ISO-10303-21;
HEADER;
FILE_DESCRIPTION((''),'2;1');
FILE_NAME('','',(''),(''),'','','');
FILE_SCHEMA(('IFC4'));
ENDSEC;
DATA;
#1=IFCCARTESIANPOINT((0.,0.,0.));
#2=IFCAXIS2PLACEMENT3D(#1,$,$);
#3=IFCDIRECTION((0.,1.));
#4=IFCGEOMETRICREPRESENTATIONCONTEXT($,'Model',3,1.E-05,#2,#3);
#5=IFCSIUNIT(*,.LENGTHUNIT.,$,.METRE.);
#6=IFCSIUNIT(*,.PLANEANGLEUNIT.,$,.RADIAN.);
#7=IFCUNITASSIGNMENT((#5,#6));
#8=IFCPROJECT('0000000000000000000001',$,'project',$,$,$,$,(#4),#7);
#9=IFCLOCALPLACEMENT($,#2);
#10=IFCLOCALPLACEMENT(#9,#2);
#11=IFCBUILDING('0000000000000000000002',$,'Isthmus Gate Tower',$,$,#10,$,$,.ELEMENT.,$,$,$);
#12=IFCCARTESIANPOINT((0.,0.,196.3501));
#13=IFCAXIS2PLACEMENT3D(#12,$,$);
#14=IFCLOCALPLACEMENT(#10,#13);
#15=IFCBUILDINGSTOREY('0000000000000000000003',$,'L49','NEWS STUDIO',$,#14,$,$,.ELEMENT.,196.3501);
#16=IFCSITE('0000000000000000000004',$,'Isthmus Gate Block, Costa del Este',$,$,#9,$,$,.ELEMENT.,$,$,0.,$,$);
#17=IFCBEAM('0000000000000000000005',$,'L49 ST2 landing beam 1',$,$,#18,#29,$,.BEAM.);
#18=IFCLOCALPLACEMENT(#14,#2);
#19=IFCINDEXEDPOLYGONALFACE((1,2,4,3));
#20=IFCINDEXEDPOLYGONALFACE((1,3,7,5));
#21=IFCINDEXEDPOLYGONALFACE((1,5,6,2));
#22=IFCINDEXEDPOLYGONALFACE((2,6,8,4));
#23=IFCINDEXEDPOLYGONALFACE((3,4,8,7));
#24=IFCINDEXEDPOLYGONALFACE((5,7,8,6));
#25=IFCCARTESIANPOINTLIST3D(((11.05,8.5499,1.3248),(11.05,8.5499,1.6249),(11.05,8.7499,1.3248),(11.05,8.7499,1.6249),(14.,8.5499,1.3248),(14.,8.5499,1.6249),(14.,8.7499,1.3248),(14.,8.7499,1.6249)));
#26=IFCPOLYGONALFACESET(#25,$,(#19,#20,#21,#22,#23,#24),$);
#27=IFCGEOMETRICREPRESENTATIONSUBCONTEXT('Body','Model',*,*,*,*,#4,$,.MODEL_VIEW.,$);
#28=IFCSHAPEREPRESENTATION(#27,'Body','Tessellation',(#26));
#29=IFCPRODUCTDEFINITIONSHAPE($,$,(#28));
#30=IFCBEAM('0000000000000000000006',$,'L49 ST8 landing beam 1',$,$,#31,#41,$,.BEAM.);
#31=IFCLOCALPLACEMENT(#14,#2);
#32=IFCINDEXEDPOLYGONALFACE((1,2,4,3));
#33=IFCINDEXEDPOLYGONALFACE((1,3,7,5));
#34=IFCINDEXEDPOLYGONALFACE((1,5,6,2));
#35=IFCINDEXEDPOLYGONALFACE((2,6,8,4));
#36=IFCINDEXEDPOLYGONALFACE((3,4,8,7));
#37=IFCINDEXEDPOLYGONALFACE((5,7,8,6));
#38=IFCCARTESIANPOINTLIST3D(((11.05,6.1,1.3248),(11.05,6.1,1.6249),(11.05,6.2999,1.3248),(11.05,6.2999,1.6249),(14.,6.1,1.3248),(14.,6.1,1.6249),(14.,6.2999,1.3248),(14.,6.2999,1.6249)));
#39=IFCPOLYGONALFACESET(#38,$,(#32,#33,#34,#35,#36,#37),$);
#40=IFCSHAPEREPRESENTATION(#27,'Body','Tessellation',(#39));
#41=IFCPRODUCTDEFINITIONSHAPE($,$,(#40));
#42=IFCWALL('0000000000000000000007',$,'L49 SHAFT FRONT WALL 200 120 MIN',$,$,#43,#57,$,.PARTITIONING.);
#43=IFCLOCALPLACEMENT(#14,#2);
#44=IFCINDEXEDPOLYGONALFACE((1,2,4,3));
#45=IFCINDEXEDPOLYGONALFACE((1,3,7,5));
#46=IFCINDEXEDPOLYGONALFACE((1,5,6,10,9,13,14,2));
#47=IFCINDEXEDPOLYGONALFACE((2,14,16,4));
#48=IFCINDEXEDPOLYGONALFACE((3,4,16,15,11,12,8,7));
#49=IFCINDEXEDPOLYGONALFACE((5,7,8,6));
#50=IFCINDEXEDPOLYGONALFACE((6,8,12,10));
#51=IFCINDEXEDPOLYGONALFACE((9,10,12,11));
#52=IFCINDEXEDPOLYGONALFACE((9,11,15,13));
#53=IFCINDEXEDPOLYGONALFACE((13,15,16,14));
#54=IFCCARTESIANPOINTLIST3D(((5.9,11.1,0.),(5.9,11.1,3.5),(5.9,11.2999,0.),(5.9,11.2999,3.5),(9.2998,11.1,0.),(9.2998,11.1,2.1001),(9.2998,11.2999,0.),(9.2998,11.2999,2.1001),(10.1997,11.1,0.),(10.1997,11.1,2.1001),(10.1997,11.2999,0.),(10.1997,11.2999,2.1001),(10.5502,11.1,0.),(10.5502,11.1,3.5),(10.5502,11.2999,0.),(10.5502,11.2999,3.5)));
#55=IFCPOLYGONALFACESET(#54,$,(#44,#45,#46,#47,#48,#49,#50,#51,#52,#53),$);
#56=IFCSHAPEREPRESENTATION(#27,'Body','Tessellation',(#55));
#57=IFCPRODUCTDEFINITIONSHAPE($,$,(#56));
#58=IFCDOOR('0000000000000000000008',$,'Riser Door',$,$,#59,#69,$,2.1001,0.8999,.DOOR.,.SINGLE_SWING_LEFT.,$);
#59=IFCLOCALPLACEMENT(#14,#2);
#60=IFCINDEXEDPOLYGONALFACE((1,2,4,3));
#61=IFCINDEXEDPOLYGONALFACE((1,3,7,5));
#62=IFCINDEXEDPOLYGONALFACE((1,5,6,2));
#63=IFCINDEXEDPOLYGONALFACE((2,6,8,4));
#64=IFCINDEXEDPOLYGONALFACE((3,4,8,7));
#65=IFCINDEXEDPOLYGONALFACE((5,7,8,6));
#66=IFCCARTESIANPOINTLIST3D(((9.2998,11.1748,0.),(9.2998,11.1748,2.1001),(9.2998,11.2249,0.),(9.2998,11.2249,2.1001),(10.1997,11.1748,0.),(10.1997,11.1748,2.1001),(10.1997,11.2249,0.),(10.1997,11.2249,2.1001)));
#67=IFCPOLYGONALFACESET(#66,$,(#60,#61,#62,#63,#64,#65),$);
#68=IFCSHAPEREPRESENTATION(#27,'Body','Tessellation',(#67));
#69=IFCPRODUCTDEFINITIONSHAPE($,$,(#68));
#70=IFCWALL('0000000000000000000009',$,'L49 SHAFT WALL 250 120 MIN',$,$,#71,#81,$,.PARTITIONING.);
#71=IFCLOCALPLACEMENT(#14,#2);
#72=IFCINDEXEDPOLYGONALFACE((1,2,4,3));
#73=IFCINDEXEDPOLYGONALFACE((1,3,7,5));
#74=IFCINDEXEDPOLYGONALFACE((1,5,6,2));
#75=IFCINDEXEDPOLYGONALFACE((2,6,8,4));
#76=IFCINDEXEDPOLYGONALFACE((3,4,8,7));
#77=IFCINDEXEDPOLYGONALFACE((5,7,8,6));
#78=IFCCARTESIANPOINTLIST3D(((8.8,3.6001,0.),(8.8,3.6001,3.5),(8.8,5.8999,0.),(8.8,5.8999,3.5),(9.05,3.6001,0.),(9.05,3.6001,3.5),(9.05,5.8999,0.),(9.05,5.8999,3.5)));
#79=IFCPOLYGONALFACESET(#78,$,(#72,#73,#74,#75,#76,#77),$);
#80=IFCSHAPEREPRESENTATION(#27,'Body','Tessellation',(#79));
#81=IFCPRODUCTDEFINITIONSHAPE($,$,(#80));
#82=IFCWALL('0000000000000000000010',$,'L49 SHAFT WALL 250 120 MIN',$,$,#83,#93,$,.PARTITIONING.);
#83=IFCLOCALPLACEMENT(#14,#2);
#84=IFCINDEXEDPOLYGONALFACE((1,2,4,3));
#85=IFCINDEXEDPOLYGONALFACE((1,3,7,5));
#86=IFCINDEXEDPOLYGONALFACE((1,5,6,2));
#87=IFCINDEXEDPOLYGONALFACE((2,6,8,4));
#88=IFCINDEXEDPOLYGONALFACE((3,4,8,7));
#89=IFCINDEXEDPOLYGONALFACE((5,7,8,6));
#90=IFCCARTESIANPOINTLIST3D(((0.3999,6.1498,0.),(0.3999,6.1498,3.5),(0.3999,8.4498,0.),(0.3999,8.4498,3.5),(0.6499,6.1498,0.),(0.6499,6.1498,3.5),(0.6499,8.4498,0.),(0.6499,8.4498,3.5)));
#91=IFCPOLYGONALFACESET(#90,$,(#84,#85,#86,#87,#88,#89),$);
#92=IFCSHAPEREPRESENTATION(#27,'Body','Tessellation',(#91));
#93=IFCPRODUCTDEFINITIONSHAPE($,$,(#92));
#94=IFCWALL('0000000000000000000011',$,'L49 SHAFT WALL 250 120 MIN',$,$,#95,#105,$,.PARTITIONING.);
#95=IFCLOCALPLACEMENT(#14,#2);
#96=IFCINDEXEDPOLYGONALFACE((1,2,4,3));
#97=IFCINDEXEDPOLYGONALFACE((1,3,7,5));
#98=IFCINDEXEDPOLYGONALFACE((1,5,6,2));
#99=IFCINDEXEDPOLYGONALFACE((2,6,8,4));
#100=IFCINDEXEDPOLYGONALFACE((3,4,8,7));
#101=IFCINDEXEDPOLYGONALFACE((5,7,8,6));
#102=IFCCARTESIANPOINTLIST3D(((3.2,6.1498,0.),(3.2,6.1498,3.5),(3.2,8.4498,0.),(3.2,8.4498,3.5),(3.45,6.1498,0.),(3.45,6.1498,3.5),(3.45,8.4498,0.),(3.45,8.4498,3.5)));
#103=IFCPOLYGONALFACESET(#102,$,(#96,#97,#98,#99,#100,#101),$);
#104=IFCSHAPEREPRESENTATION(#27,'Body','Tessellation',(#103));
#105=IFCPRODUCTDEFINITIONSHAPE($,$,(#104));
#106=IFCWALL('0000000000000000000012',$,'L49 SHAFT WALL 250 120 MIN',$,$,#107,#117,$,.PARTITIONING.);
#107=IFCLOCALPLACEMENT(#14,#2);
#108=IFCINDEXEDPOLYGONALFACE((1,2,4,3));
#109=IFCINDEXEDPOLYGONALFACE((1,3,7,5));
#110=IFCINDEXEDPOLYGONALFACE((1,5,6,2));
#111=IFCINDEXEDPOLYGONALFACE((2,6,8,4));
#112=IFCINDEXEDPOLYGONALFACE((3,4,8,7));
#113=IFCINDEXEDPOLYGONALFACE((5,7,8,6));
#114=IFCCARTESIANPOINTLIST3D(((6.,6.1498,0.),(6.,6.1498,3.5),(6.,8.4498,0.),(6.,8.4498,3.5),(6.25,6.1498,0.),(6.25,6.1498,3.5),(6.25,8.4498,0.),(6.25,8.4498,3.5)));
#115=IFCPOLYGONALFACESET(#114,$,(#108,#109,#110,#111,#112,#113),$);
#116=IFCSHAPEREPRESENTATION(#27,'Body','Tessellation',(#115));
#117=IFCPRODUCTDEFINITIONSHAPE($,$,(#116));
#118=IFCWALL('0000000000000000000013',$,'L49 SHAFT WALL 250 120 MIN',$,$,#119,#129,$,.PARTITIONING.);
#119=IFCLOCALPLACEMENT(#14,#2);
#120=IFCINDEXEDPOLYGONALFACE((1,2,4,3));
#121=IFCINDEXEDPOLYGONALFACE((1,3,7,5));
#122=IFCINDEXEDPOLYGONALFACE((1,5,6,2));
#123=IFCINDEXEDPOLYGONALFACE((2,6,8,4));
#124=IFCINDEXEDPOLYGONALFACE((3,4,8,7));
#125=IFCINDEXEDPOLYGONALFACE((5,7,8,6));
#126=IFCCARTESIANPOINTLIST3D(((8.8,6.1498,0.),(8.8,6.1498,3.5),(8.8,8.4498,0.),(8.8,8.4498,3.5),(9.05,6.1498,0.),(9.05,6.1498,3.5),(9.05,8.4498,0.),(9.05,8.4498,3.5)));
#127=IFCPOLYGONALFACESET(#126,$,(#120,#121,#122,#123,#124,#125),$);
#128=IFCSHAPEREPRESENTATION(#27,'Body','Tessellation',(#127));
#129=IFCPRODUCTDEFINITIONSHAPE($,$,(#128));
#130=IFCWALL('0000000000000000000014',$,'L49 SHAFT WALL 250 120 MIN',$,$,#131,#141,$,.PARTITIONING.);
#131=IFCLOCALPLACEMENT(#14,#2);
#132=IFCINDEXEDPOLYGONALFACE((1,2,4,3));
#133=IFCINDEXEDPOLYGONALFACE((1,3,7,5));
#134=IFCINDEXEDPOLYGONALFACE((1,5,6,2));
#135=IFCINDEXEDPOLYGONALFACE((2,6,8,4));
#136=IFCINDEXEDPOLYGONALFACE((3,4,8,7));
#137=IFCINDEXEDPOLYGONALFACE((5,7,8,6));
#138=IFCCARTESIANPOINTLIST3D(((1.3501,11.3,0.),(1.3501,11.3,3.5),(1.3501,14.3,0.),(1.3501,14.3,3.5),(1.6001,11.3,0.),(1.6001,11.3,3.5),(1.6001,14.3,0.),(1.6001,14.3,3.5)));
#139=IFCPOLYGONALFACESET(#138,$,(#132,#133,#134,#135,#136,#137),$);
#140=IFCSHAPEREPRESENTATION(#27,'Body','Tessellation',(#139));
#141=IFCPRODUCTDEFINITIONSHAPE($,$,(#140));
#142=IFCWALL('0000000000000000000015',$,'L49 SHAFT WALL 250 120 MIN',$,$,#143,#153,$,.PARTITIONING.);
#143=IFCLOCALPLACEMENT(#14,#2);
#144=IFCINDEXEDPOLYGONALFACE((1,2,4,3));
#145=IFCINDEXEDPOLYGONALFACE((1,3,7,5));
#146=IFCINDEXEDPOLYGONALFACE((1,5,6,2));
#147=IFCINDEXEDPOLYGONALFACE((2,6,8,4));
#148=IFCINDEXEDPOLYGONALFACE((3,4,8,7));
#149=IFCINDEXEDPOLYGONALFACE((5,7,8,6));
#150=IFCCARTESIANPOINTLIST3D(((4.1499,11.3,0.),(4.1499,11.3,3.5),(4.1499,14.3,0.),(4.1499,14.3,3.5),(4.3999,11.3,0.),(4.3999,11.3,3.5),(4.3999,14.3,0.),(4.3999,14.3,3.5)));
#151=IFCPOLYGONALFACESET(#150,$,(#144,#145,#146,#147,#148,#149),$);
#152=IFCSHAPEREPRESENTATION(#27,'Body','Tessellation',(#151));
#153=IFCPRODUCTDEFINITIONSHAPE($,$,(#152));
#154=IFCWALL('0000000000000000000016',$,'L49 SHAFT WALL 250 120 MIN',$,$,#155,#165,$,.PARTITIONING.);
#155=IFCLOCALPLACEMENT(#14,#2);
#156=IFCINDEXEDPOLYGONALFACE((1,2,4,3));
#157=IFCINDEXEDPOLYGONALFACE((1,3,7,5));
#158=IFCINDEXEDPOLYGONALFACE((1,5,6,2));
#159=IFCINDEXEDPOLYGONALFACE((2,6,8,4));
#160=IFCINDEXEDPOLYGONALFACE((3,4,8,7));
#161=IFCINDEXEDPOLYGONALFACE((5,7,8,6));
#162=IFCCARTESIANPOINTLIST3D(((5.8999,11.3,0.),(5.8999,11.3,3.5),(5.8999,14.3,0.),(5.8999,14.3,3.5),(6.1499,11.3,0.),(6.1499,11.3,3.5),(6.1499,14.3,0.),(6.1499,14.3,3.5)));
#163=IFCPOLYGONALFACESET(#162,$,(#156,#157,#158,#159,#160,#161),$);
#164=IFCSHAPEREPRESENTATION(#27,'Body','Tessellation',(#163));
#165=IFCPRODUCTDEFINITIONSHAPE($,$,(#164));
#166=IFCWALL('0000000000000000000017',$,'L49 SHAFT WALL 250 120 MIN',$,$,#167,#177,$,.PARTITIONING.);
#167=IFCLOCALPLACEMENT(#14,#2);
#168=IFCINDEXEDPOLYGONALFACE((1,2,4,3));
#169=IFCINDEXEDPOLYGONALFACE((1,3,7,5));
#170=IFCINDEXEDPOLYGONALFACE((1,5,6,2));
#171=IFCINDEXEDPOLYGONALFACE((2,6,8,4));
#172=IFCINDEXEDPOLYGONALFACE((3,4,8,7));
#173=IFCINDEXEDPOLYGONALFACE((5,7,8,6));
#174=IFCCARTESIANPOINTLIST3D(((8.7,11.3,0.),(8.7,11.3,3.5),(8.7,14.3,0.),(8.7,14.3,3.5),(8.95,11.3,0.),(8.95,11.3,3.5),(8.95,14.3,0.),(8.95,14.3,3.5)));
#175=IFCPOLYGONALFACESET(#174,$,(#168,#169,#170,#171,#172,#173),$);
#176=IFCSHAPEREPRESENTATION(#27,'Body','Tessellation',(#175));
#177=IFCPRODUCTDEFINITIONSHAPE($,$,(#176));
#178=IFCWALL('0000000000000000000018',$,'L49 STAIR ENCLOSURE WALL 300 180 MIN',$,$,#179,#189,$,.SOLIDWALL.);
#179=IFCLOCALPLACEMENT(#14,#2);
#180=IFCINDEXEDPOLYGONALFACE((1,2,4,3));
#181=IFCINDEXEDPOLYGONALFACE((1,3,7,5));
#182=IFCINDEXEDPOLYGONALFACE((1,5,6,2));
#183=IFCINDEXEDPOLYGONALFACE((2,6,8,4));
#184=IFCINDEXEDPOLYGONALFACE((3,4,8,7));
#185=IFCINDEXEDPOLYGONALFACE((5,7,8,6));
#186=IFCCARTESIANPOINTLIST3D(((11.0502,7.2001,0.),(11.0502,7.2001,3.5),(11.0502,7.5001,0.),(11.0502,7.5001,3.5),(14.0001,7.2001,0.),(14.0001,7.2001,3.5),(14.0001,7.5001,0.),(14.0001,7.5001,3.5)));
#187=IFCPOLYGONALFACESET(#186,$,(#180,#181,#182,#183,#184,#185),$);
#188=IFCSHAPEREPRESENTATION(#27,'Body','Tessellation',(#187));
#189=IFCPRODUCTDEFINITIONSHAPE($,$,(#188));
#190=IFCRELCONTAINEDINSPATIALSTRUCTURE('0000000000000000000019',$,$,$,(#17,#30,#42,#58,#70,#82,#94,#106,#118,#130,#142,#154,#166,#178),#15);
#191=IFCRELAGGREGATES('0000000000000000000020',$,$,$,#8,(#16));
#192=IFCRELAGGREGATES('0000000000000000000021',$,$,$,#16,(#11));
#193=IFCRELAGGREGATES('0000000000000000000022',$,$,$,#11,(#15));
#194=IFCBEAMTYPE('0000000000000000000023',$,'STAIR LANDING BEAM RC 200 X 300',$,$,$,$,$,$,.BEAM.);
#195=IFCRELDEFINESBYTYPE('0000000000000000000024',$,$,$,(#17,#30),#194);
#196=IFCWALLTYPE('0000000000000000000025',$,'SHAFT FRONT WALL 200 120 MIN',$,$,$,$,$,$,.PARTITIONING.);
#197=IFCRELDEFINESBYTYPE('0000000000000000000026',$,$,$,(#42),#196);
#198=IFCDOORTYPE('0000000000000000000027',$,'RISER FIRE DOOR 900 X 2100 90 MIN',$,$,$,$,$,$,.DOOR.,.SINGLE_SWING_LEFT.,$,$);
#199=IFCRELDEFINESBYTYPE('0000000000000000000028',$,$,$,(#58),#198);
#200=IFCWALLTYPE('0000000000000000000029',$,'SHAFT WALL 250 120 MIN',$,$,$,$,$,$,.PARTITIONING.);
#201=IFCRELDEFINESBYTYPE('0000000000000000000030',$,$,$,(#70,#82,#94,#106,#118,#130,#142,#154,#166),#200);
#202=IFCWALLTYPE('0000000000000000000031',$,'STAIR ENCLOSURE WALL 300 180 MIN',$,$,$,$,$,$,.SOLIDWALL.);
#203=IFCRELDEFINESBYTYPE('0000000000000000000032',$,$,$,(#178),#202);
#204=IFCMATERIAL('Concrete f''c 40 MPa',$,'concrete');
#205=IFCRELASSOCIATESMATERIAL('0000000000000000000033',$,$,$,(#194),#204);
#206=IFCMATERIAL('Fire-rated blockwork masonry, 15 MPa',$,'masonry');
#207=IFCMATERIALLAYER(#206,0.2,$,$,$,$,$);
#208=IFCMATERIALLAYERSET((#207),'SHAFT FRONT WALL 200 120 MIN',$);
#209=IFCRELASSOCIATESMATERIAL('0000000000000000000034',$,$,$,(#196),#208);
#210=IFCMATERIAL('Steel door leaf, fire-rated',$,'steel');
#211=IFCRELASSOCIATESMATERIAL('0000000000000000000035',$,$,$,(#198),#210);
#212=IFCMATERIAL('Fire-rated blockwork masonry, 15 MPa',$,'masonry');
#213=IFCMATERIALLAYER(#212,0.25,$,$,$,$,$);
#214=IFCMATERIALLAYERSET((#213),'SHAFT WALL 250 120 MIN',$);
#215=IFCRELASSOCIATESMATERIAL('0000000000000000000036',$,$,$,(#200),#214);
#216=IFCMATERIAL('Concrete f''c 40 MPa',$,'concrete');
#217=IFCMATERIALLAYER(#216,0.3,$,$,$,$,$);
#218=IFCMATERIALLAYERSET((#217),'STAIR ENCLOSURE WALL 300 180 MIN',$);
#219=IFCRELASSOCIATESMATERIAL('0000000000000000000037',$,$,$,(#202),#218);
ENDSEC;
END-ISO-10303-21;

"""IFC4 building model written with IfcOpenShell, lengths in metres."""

from ifc_helpers import new_model, si_unit, direction, frame, frame_2d, origin, origin_2d, place, context, subcontext, project, spatial, rectangle, extrude, material, layer, layer_set, material_profile, profile_set, type_object, element, fill, save


model = new_model("IFC4")

# Units and contexts
model_context = context("Model", 3, precision=1e-05, world=origin(), true_north=direction((0.0, 1.0)))
body_context = subcontext(model_context, "Body", "Model", "MODEL_VIEW")
ifc_project = project(units=[si_unit("LENGTHUNIT", "METRE"), si_unit("PLANEANGLEUNIT", "RADIAN")], contexts=[model_context])

# Site, building, storey
site_placement = place(None, origin())
site = spatial("IfcSite", under=ifc_project, at=site_placement, Name="Isthmus Gate Block, Costa del Este", CompositionType="ELEMENT", RefElevation=0.0)
building_placement = place(site_placement, origin())
building = spatial("IfcBuilding", under=site, at=building_placement, Name="Isthmus Gate Tower", CompositionType="ELEMENT")
storey_placement = place(building_placement, frame((0.0, 0.0, 196.3501)))
storey = spatial("IfcBuildingStorey", under=building, at=storey_placement, Name="L49", Description="NEWS STUDIO", CompositionType="ELEMENT", Elevation=196.3501)

# Beams
ifc_material_1 = material(Name="Concrete f'c 40 MPa", Category="concrete")
ifc_material_profile = material_profile(ifc_material_1, rectangle(XDim=0.2, YDim=0.3, at=origin_2d()), Name="STAIR LANDING BEAM RC 200 X 300")
ifc_profile_set = profile_set([ifc_material_profile], Name="Concrete f'c 40 MPa")
beam_type = type_object("IfcBeamType", Name="STAIR LANDING BEAM RC 200 X 300", PredefinedType="BEAM", material=ifc_profile_set)
for number, where, z_axis, x_axis, name in (
    (1, (11.05, 8.6499, 1.4749), (1.0, 0.0, 0.0), (0.0, 1.0, 0.0), "L49 ST2 landing beam 1"),
    (2, (11.05, 6.2, 1.4749), (1.0, 0.0, 0.0), (0.0, 1.0, 0.0), "L49 ST8 landing beam 1"),
):
    element("IfcBeam", number, at=place(storey_placement, frame(where, z_axis=z_axis, x_axis=x_axis)), inside=storey, type_object=beam_type, Name=name, PredefinedType="BEAM", context=body_context, shape_type="SweptSolid", body=[
        extrude(rectangle(XDim=0.2, YDim=0.3, at=origin_2d()), origin(), (0.0, 0.0, 1.0), 2.95),
    ])

# Wall, opening, door
ifc_material_2 = material(Name="Fire-rated blockwork masonry, 15 MPa", Category="masonry")
ifc_layer_1 = layer(ifc_material_2, 0.2)
ifc_layer_set_1 = layer_set([ifc_layer_1], Name="SHAFT FRONT WALL 200 120 MIN")
wall_type_1 = type_object("IfcWallType", Name="SHAFT FRONT WALL 200 120 MIN", PredefinedType="PARTITIONING", material=ifc_layer_set_1)
wall_1_placement = place(storey_placement, frame((5.8999, 11.2, 0.0), z_axis=(0.0, 0.0, 1.0), x_axis=(1.0, 0.0, 0.0)))
wall_1 = element("IfcWall", 3, at=wall_1_placement, inside=storey, type_object=wall_type_1, Name="L49 SHAFT FRONT WALL 200 120 MIN", PredefinedType="PARTITIONING", context=body_context, shape_type="SweptSolid", body=[
    extrude(rectangle(XDim=4.6501, YDim=0.2, at=frame_2d((2.3252, 0.0))), origin(), (0.0, 0.0, 1.0), 3.5),
])
opening_placement = place(wall_1_placement, frame((3.3999, 0.0, 0.0)))
opening = element("IfcOpeningElement", 4, at=opening_placement, cuts=wall_1, PredefinedType="OPENING", context=body_context, shape_type="SweptSolid", body=[
    extrude(rectangle(XDim=0.8999, YDim=2.1001, at=frame_2d((0.45, 1.05))), frame((0.0, 0.1099, 0.0), z_axis=(0.0, -1.0, 0.0), x_axis=(1.0, 0.0, 0.0)), (0.0, 0.0, 1.0), 0.22),
])
ifc_material_3 = material(Name="Steel door leaf, fire-rated", Category="steel")
door_type = type_object("IfcDoorType", Name="RISER FIRE DOOR 900 X 2100 90 MIN", OperationType="SINGLE_SWING_LEFT", PredefinedType="DOOR", material=ifc_material_3)
door_placement = place(opening_placement, origin())
door = element("IfcDoor", 5, at=door_placement, inside=storey, type_object=door_type, Name="Riser Door", OperationType="SINGLE_SWING_LEFT", OverallHeight=2.1001, OverallWidth=0.8999, PredefinedType="DOOR", context=body_context, shape_type="SweptSolid", body=[
    extrude(rectangle(XDim=0.8999, YDim=2.1001, at=frame_2d((0.45, 1.05))), frame((0.0, 0.0249, 0.0), z_axis=(0.0, -1.0, 0.0), x_axis=(1.0, 0.0, 0.0)), (0.0, 0.0, 1.0), 0.05),
])
fill(opening, door)

# Walls
ifc_material_4 = material(Name="Fire-rated blockwork masonry, 15 MPa", Category="masonry")
ifc_layer_2 = layer(ifc_material_4, 0.25)
ifc_layer_set_2 = layer_set([ifc_layer_2], Name="SHAFT WALL 250 120 MIN")
wall_type_2 = type_object("IfcWallType", Name="SHAFT WALL 250 120 MIN", PredefinedType="PARTITIONING", material=ifc_layer_set_2)
wall_2_placement = place(storey_placement, frame((8.925, 3.6001, 0.0), z_axis=(0.0, 0.0, 1.0), x_axis=(0.0, 1.0, 0.0)))
element("IfcWall", 6, at=wall_2_placement, inside=storey, type_object=wall_type_2, Name="L49 SHAFT WALL 250 120 MIN", PredefinedType="PARTITIONING", context=body_context, shape_type="SweptSolid", body=[
    extrude(rectangle(XDim=2.2998, YDim=0.25, at=frame_2d((1.1499, 0.0))), origin(), (0.0, 0.0, 1.0), 3.5),
])
for number, where, z_axis, x_axis, name in (
    (7, (0.5249, 6.1499, 0.0), (0.0, 0.0, 1.0), (0.0, 1.0, 0.0), "L49 SHAFT WALL 250 120 MIN"),
    (8, (3.325, 6.1499, 0.0), (0.0, 0.0, 1.0), (0.0, 1.0, 0.0), "L49 SHAFT WALL 250 120 MIN"),
    (9, (6.125, 6.1499, 0.0), (0.0, 0.0, 1.0), (0.0, 1.0, 0.0), "L49 SHAFT WALL 250 120 MIN"),
    (10, (8.925, 6.1499, 0.0), (0.0, 0.0, 1.0), (0.0, 1.0, 0.0), "L49 SHAFT WALL 250 120 MIN"),
):
    element("IfcWall", number, at=place(storey_placement, frame(where, z_axis=z_axis, x_axis=x_axis)), inside=storey, type_object=wall_type_2, Name=name, PredefinedType="PARTITIONING", context=body_context, shape_type="SweptSolid", body=[
        extrude(rectangle(XDim=2.3, YDim=0.25, at=frame_2d((1.1499, 0.0))), origin(), (0.0, 0.0, 1.0), 3.5),
    ])
for number, where, z_axis, x_axis, name in (
    (11, (1.4751, 11.3, 0.0), (0.0, 0.0, 1.0), (0.0, 1.0, 0.0), "L49 SHAFT WALL 250 120 MIN"),
    (12, (4.2749, 11.3, 0.0), (0.0, 0.0, 1.0), (0.0, 1.0, 0.0), "L49 SHAFT WALL 250 120 MIN"),
    (13, (6.0249, 11.3, 0.0), (0.0, 0.0, 1.0), (0.0, 1.0, 0.0), "L49 SHAFT WALL 250 120 MIN"),
    (14, (8.825, 11.3, 0.0), (0.0, 0.0, 1.0), (0.0, 1.0, 0.0), "L49 SHAFT WALL 250 120 MIN"),
):
    element("IfcWall", number, at=place(storey_placement, frame(where, z_axis=z_axis, x_axis=x_axis)), inside=storey, type_object=wall_type_2, Name=name, PredefinedType="PARTITIONING", context=body_context, shape_type="SweptSolid", body=[
        extrude(rectangle(XDim=3.0, YDim=0.25, at=frame_2d((1.5, 0.0))), origin(), (0.0, 0.0, 1.0), 3.5),
    ])
ifc_material_5 = material(Name="Concrete f'c 40 MPa", Category="concrete")
ifc_layer_3 = layer(ifc_material_5, 0.3)
ifc_layer_set_3 = layer_set([ifc_layer_3], Name="STAIR ENCLOSURE WALL 300 180 MIN")
wall_type_3 = type_object("IfcWallType", Name="STAIR ENCLOSURE WALL 300 180 MIN", PredefinedType="SOLIDWALL", material=ifc_layer_set_3)
wall_3_placement = place(storey_placement, frame((11.05, 7.3501, 0.0), z_axis=(0.0, 0.0, 1.0), x_axis=(1.0, 0.0, 0.0)))
element("IfcWall", 15, at=wall_3_placement, inside=storey, type_object=wall_type_3, Name="L49 STAIR ENCLOSURE WALL 300 180 MIN", PredefinedType="SOLIDWALL", context=body_context, shape_type="SweptSolid", body=[
    extrude(rectangle(XDim=2.95, YDim=0.3, at=frame_2d((1.4751, 0.0))), origin(), (0.0, 0.0, 1.0), 3.5),
])

save(model, "model.ifc")
